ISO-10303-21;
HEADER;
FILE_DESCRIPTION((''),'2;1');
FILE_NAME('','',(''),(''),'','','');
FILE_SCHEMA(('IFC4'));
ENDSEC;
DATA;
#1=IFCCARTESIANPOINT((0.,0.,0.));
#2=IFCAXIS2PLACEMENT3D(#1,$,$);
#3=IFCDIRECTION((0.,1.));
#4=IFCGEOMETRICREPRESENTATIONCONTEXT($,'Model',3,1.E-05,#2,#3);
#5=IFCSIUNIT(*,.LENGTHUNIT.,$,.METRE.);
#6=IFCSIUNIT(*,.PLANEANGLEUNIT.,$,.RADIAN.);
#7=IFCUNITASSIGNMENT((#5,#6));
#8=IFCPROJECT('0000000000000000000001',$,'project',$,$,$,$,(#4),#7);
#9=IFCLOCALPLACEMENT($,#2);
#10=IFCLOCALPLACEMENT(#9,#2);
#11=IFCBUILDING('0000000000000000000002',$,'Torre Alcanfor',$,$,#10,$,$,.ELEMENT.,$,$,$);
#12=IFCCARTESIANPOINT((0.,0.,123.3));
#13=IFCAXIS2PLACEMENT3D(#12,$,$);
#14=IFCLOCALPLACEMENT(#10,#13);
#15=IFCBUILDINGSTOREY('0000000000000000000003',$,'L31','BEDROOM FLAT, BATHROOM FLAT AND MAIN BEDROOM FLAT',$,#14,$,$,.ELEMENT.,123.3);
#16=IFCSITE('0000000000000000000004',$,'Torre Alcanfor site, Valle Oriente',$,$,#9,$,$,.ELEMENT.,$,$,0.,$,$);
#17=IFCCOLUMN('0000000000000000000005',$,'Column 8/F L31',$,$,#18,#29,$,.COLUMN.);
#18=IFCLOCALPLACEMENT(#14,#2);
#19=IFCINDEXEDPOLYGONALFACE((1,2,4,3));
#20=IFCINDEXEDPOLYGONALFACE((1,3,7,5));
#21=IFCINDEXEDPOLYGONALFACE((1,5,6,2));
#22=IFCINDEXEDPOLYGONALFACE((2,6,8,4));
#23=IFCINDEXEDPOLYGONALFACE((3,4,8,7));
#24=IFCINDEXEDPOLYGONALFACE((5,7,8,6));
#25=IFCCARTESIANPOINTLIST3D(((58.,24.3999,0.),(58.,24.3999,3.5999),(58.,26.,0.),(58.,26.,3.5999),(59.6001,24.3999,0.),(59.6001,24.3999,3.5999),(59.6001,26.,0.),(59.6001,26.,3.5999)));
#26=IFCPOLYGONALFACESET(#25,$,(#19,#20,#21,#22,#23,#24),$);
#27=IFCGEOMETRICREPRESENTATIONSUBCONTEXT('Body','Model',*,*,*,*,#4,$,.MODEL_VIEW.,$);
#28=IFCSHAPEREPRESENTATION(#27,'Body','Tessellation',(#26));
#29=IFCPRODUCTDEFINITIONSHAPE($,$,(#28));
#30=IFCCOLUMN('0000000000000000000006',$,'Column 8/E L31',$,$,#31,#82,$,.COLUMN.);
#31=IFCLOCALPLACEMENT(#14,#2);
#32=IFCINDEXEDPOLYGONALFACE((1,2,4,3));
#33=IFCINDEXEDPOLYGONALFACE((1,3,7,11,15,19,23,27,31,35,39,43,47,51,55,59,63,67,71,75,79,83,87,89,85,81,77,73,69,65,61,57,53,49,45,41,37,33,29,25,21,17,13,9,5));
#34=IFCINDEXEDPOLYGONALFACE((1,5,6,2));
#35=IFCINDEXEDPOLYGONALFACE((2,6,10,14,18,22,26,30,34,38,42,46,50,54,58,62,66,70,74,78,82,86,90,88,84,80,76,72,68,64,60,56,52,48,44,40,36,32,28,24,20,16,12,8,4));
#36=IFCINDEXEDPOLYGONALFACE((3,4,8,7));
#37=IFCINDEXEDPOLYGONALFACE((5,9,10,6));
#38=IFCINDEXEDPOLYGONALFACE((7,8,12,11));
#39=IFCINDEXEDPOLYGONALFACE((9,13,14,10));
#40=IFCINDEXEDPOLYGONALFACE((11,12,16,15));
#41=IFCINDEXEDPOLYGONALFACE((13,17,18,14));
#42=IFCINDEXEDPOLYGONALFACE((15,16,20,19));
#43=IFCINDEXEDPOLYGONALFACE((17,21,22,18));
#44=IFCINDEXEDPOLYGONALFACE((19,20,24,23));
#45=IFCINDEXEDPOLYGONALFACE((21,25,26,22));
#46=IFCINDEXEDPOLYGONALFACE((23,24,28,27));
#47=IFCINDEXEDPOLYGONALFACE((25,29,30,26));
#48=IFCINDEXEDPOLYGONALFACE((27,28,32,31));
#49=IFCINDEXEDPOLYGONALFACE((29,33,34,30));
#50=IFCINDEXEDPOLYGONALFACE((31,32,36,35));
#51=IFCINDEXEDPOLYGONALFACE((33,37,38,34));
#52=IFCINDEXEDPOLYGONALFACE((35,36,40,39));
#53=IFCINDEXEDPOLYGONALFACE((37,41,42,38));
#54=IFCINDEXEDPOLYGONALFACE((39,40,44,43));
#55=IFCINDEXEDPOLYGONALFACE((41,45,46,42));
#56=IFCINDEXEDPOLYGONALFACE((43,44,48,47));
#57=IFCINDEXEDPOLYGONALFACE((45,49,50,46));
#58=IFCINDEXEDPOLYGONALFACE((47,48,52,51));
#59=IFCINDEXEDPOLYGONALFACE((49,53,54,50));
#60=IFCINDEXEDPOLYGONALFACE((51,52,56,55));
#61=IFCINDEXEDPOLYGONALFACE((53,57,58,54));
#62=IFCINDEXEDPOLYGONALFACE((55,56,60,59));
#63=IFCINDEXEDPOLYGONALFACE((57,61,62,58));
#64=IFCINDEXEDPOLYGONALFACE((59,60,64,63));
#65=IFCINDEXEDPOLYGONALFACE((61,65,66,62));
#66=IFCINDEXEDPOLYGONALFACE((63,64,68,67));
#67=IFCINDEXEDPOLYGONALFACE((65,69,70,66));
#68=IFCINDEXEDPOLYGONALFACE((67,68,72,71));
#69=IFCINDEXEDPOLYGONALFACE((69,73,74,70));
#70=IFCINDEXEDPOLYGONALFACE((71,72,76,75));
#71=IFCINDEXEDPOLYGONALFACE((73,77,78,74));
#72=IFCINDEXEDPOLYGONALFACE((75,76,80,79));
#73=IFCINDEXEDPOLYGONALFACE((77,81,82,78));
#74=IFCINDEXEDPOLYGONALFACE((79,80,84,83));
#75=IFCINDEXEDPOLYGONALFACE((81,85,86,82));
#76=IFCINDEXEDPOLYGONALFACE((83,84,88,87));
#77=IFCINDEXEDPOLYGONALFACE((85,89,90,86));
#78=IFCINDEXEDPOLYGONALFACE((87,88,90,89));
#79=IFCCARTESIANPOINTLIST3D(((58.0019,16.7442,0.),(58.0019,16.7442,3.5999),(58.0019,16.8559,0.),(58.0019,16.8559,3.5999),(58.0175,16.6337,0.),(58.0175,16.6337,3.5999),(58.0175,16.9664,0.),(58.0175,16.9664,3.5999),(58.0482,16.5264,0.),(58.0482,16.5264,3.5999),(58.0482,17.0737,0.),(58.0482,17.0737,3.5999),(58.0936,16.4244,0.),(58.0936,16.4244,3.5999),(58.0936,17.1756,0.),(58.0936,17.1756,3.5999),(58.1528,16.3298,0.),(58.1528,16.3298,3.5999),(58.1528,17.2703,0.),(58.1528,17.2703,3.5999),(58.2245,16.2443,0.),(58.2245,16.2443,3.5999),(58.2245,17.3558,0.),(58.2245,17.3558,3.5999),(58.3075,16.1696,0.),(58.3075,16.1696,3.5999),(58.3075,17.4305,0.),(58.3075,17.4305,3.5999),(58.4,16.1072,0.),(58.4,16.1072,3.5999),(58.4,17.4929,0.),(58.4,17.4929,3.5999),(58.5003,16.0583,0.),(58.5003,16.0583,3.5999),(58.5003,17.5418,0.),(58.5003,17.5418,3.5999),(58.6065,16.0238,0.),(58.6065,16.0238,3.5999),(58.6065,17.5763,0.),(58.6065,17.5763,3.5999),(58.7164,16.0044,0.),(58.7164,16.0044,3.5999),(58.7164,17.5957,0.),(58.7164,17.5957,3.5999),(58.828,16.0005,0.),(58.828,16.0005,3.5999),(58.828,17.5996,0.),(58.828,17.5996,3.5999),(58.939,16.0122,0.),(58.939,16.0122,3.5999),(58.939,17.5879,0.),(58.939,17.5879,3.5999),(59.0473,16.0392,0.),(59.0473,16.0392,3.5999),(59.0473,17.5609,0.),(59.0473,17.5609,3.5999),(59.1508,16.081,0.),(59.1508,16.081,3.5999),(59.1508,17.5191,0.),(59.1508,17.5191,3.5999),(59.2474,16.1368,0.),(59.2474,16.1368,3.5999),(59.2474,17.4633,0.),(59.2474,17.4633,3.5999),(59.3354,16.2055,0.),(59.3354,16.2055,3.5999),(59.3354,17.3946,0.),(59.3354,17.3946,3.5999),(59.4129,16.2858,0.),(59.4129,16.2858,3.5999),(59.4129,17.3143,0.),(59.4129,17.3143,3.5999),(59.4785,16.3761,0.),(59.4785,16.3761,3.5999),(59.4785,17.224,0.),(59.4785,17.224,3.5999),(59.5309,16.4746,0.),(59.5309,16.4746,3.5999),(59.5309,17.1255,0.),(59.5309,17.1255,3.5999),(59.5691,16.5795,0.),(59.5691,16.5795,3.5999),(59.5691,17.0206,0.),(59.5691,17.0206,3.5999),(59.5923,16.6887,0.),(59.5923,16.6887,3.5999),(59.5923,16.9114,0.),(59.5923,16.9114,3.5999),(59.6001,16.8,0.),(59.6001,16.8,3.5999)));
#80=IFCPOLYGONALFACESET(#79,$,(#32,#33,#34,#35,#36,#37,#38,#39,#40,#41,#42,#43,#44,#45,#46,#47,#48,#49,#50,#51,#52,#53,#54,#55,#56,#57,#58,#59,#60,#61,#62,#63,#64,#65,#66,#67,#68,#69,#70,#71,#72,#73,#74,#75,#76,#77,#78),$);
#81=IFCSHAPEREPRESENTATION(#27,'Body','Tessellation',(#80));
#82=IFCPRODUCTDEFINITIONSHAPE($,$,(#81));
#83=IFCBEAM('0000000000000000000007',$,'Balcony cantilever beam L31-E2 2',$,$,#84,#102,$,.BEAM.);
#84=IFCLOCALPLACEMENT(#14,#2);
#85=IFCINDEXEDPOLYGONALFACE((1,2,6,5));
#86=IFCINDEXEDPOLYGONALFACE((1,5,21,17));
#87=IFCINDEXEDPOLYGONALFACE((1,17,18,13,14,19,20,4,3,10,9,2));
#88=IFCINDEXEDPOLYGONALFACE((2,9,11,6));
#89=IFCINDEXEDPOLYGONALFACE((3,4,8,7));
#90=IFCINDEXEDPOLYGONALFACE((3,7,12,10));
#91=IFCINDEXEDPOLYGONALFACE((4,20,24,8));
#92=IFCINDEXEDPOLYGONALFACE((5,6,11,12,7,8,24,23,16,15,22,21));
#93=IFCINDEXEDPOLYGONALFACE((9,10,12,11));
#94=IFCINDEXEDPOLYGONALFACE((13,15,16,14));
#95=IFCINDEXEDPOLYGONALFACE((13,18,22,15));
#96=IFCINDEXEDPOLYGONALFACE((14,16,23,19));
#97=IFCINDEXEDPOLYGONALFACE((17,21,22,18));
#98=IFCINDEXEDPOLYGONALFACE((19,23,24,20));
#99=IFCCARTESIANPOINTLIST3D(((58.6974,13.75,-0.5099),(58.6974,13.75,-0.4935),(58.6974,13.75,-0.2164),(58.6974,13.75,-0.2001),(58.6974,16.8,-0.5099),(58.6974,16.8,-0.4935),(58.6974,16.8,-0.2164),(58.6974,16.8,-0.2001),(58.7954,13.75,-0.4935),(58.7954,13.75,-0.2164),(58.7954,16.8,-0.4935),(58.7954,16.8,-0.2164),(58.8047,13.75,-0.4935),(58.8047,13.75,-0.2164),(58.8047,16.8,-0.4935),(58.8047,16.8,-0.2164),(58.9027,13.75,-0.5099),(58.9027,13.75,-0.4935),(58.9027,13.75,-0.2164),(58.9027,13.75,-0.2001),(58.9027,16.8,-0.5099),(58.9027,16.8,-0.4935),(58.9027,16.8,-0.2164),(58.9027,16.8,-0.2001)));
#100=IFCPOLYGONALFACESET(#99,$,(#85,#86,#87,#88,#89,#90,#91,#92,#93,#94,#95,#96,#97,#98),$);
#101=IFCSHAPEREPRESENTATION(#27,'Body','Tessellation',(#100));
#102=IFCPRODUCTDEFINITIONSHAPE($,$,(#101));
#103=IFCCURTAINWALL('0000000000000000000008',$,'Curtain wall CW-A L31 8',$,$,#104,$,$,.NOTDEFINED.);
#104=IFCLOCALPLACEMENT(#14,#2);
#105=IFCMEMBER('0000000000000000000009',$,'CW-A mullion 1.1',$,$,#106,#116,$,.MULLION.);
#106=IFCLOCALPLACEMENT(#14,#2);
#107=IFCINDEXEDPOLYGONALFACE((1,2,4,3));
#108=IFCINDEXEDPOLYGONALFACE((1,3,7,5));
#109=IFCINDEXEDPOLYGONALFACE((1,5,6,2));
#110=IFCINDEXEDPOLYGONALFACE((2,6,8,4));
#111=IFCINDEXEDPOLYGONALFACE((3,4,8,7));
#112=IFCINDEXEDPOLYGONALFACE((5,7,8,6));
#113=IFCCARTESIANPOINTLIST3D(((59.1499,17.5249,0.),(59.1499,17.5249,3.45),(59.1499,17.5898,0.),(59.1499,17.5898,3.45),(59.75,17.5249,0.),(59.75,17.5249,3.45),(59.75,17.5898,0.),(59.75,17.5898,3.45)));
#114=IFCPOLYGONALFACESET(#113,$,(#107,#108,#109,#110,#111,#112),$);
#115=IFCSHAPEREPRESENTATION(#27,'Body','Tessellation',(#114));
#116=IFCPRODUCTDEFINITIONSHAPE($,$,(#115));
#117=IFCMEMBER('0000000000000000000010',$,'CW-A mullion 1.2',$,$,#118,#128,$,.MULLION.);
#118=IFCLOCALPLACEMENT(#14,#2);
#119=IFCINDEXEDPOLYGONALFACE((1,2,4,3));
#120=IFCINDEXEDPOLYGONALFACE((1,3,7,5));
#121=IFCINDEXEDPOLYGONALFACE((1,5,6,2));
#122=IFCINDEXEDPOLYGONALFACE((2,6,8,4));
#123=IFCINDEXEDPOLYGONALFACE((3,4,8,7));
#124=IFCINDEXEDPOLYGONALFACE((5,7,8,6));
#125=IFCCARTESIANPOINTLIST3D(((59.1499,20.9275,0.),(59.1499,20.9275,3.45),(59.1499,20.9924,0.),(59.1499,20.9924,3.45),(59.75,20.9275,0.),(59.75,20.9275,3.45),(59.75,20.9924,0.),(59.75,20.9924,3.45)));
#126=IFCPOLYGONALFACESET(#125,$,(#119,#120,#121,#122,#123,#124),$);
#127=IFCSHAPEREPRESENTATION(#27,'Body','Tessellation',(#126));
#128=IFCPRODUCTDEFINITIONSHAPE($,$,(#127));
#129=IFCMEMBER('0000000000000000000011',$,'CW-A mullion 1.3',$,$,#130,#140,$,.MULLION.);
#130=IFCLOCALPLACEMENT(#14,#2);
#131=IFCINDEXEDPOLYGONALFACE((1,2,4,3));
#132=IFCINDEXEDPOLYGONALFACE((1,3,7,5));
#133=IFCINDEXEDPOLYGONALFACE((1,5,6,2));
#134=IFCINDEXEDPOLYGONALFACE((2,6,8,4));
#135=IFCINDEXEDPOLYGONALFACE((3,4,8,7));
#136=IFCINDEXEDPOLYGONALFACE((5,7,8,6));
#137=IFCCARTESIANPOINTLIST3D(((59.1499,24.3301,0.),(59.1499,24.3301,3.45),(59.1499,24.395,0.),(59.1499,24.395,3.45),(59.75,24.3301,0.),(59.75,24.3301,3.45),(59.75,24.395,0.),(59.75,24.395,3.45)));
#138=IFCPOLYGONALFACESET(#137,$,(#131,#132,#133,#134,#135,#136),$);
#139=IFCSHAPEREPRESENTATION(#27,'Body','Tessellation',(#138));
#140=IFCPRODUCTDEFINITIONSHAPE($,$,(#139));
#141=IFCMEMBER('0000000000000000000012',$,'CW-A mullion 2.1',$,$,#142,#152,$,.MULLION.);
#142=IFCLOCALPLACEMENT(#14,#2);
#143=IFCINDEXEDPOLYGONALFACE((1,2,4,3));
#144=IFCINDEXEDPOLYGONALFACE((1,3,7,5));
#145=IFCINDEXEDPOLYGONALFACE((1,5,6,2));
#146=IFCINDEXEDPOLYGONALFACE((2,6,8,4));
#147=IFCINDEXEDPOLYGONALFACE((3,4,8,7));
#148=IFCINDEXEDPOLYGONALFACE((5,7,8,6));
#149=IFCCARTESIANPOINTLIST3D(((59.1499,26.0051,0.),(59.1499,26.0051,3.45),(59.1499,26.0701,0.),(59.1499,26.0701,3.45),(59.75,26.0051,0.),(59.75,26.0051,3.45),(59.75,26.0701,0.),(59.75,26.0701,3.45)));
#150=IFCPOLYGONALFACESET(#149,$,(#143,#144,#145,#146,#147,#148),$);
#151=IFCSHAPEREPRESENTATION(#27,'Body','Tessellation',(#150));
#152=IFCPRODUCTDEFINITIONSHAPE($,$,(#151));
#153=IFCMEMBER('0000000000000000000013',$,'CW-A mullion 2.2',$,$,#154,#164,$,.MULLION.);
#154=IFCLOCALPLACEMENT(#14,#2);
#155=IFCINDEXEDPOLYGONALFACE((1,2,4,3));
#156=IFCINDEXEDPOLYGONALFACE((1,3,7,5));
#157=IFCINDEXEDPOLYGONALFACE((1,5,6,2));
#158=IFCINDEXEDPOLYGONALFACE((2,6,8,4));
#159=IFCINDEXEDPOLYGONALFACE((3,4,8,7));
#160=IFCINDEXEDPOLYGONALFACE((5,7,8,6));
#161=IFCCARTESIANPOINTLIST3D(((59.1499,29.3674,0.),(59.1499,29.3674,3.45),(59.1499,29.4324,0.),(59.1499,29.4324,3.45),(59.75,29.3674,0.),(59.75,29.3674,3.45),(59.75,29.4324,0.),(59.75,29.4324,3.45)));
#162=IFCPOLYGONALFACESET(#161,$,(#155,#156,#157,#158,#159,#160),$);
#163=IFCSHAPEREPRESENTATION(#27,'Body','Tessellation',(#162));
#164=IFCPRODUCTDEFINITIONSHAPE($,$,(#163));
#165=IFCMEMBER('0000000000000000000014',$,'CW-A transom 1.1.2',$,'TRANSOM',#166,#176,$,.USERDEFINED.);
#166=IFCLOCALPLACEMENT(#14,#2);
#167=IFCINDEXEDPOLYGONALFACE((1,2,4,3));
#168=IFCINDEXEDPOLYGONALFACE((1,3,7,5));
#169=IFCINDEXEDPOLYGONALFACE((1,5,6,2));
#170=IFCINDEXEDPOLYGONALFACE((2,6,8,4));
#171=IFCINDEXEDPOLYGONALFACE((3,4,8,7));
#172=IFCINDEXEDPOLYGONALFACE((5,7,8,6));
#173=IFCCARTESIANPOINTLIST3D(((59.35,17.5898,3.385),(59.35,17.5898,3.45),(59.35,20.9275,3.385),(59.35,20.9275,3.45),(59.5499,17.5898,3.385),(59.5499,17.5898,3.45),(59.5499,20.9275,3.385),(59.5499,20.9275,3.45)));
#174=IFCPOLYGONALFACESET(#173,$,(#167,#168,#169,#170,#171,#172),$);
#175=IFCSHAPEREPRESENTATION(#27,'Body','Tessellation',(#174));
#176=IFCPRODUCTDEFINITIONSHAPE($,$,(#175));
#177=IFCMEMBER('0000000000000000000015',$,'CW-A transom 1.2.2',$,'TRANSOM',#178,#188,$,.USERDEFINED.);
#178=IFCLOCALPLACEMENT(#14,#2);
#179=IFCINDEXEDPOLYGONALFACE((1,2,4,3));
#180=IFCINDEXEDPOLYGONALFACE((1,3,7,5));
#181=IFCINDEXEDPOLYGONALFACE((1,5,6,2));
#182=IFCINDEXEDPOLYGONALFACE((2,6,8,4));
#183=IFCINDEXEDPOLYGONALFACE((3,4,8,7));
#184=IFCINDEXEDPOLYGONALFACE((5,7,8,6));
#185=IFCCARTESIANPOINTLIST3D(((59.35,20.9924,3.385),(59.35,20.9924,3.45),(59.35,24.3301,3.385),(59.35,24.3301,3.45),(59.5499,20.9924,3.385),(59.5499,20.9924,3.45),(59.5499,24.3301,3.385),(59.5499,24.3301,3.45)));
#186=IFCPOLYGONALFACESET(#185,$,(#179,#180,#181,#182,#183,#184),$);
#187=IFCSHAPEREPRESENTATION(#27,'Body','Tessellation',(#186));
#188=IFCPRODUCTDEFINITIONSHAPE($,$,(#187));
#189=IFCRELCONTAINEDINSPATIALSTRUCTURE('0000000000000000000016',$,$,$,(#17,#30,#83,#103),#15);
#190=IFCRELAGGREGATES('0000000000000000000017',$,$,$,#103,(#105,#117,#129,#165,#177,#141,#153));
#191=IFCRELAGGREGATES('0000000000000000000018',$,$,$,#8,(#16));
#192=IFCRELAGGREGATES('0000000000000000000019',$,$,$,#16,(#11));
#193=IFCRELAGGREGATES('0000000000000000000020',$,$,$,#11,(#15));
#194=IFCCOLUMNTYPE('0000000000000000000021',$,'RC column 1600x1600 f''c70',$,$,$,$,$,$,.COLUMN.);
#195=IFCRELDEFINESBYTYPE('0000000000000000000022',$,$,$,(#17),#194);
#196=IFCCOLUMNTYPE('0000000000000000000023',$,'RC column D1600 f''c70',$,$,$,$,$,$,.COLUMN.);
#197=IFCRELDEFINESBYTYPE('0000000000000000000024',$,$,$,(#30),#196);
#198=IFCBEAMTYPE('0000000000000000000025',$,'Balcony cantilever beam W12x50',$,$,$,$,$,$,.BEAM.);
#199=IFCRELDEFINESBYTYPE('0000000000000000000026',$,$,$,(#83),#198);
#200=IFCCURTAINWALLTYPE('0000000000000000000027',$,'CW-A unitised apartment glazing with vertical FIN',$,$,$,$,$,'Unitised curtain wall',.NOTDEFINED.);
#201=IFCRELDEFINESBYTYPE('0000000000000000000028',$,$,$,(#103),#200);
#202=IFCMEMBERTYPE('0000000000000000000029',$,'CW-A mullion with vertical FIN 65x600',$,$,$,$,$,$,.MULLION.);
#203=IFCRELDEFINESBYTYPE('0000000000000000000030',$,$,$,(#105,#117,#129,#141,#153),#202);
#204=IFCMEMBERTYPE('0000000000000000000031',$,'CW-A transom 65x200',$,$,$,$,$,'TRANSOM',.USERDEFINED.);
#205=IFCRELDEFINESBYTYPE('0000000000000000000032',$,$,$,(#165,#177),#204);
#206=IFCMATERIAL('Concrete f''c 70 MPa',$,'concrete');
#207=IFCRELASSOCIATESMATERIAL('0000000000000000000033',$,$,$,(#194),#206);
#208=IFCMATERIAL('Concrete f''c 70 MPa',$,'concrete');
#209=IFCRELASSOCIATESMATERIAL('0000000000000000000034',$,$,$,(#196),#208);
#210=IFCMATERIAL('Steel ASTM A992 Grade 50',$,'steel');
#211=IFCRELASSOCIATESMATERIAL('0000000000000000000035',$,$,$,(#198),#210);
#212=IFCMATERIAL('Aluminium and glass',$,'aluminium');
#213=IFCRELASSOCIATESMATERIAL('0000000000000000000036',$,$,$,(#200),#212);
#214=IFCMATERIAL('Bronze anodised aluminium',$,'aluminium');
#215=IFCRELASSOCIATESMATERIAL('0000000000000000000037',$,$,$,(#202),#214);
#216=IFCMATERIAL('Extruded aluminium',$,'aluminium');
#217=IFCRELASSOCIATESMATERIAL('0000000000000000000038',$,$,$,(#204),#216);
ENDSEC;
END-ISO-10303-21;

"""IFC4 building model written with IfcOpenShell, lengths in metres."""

from ifc_helpers import new_model, si_unit, direction, frame, origin, origin_2d, place, context, subcontext, project, spatial, rectangle, circle, i_section, extrude, material, material_profile, profile_set, type_object, element, aggregate, save


model = new_model("IFC4")

# Units and contexts
model_context = context("Model", 3, precision=1e-05, world=origin(), true_north=direction((0.0, 1.0)))
body_context = subcontext(model_context, "Body", "Model", "MODEL_VIEW")
ifc_project = project(units=[si_unit("LENGTHUNIT", "METRE"), si_unit("PLANEANGLEUNIT", "RADIAN")], contexts=[model_context])

# Site, building, storey
site_placement = place(None, origin())
site = spatial("IfcSite", under=ifc_project, at=site_placement, Name="Torre Alcanfor site, Valle Oriente", CompositionType="ELEMENT", RefElevation=0.0)
building_placement = place(site_placement, origin())
building = spatial("IfcBuilding", under=site, at=building_placement, Name="Torre Alcanfor", CompositionType="ELEMENT")
storey_placement = place(building_placement, frame((0.0, 0.0, 123.3)))
storey = spatial("IfcBuildingStorey", under=building, at=storey_placement, Name="L31", Description="BEDROOM FLAT, BATHROOM FLAT AND MAIN BEDROOM FLAT", CompositionType="ELEMENT", Elevation=123.3)

# Columns
ifc_material_1 = material(Name="Concrete f'c 70 MPa", Category="concrete")
ifc_material_profile_1 = material_profile(ifc_material_1, rectangle(XDim=1.6001, YDim=1.6001, at=origin_2d()), Name="1600x1600")
ifc_profile_set_1 = profile_set([ifc_material_profile_1], Name="Concrete f'c 70 MPa")
column_type_1 = type_object("IfcColumnType", Name="RC column 1600x1600 f'c70", PredefinedType="COLUMN", material=ifc_profile_set_1)
column_1_placement = place(storey_placement, frame((58.8, 25.2, 0.0), z_axis=(0.0, 0.0, 1.0), x_axis=(1.0, 0.0, 0.0)))
element("IfcColumn", 1, at=column_1_placement, inside=storey, type_object=column_type_1, Name="Column 8/F L31", PredefinedType="COLUMN", context=body_context, shape_type="SweptSolid", body=[
    extrude(rectangle(XDim=1.6001, YDim=1.6001, at=origin_2d()), origin(), (0.0, 0.0, 1.0), 3.5999),
])
ifc_material_2 = material(Name="Concrete f'c 70 MPa", Category="concrete")
ifc_material_profile_2 = material_profile(ifc_material_2, circle(Radius=0.8, at=origin_2d()), Name="D1600")
ifc_profile_set_2 = profile_set([ifc_material_profile_2], Name="Concrete f'c 70 MPa")
column_type_2 = type_object("IfcColumnType", Name="RC column D1600 f'c70", PredefinedType="COLUMN", material=ifc_profile_set_2)
column_2_placement = place(storey_placement, frame((58.8, 16.8, 0.0), z_axis=(0.0, 0.0, 1.0), x_axis=(1.0, 0.0, 0.0)))
element("IfcColumn", 2, at=column_2_placement, inside=storey, type_object=column_type_2, Name="Column 8/E L31", PredefinedType="COLUMN", context=body_context, shape_type="SweptSolid", body=[
    extrude(circle(Radius=0.8, at=origin_2d()), origin(), (0.0, 0.0, 1.0), 3.5999),
])

# Beam
ifc_material_3 = material(Name="Steel ASTM A992 Grade 50", Category="steel")
ifc_material_profile_3 = material_profile(ifc_material_3, i_section(OverallWidth=0.2053, OverallDepth=0.3098, WebThickness=0.0093, FlangeThickness=0.0164, at=origin_2d()), Name="W12x50")
ifc_profile_set_3 = profile_set([ifc_material_profile_3], Name="Steel ASTM A992 Grade 50")
beam_type_1 = type_object("IfcBeamType", Name="Balcony cantilever beam W12x50", PredefinedType="BEAM", material=ifc_profile_set_3)
beam_1_placement = place(storey_placement, frame((58.8, 16.8, -0.355), z_axis=(0.0, -1.0, 0.0), x_axis=(1.0, 0.0, 0.0)))
element("IfcBeam", 3, at=beam_1_placement, inside=storey, type_object=beam_type_1, Name="Balcony cantilever beam L31-E2 2", PredefinedType="BEAM", context=body_context, shape_type="SweptSolid", body=[
    extrude(i_section(OverallWidth=0.2053, OverallDepth=0.3098, WebThickness=0.0093, FlangeThickness=0.0164, at=origin_2d()), origin(), (0.0, 0.0, 1.0), 3.05),
])

# Curtain wall, members
ifc_material_4 = material(Name="Aluminium and glass", Category="aluminium")
curtain_wall_type = type_object("IfcCurtainWallType", Name="CW-A unitised apartment glazing with vertical FIN", ElementType="Unitised curtain wall", PredefinedType="NOTDEFINED", material=ifc_material_4)
curtain_wall_placement = place(storey_placement, origin())
curtain_wall = element("IfcCurtainWall", 4, at=curtain_wall_placement, inside=storey, type_object=curtain_wall_type, Name="Curtain wall CW-A L31 8", PredefinedType="NOTDEFINED")
ifc_material_5 = material(Name="Bronze anodised aluminium", Category="aluminium")
ifc_material_profile_4 = material_profile(ifc_material_5, rectangle(XDim=0.6001, YDim=0.0649, at=origin_2d()), Name="CW-A mullion 65x600")
ifc_profile_set_4 = profile_set([ifc_material_profile_4], Name="Bronze anodised aluminium")
member_type_1 = type_object("IfcMemberType", Name="CW-A mullion with vertical FIN 65x600", PredefinedType="MULLION", material=ifc_profile_set_4)
member_1_placement = place(storey_placement, frame((59.45, 17.5574, 0.0), z_axis=(0.0, 0.0, 1.0), x_axis=(-1.0, 0.0, 0.0)))
member_1 = element("IfcMember", 5, at=member_1_placement, type_object=member_type_1, Name="CW-A mullion 1.1", PredefinedType="MULLION", context=body_context, shape_type="SweptSolid", body=[
    extrude(rectangle(XDim=0.6001, YDim=0.0649, at=origin_2d()), origin(), (0.0, 0.0, 1.0), 3.45),
])
member_2_placement = place(storey_placement, frame((59.45, 20.96, 0.0), z_axis=(0.0, 0.0, 1.0), x_axis=(-1.0, 0.0, 0.0)))
member_2 = element("IfcMember", 6, at=member_2_placement, type_object=member_type_1, Name="CW-A mullion 1.2", PredefinedType="MULLION", context=body_context, shape_type="SweptSolid", body=[
    extrude(rectangle(XDim=0.6001, YDim=0.0649, at=origin_2d()), origin(), (0.0, 0.0, 1.0), 3.45),
])
member_3_placement = place(storey_placement, frame((59.45, 24.3625, 0.0), z_axis=(0.0, 0.0, 1.0), x_axis=(-1.0, 0.0, 0.0)))
member_3 = element("IfcMember", 7, at=member_3_placement, type_object=member_type_1, Name="CW-A mullion 1.3", PredefinedType="MULLION", context=body_context, shape_type="SweptSolid", body=[
    extrude(rectangle(XDim=0.6001, YDim=0.0649, at=origin_2d()), origin(), (0.0, 0.0, 1.0), 3.45),
])
member_4_placement = place(storey_placement, frame((59.45, 26.0376, 0.0), z_axis=(0.0, 0.0, 1.0), x_axis=(-1.0, 0.0, 0.0)))
member_4 = element("IfcMember", 8, at=member_4_placement, type_object=member_type_1, Name="CW-A mullion 2.1", PredefinedType="MULLION", context=body_context, shape_type="SweptSolid", body=[
    extrude(rectangle(XDim=0.6001, YDim=0.0649, at=origin_2d()), origin(), (0.0, 0.0, 1.0), 3.45),
])
member_5_placement = place(storey_placement, frame((59.45, 29.3999, 0.0), z_axis=(0.0, 0.0, 1.0), x_axis=(-1.0, 0.0, 0.0)))
member_5 = element("IfcMember", 9, at=member_5_placement, type_object=member_type_1, Name="CW-A mullion 2.2", PredefinedType="MULLION", context=body_context, shape_type="SweptSolid", body=[
    extrude(rectangle(XDim=0.6001, YDim=0.0649, at=origin_2d()), origin(), (0.0, 0.0, 1.0), 3.45),
])
ifc_material_6 = material(Name="Extruded aluminium", Category="aluminium")
ifc_material_profile_5 = material_profile(ifc_material_6, rectangle(XDim=0.2, YDim=0.0649, at=origin_2d()), Name="CW-A transom 200x65")
ifc_profile_set_5 = profile_set([ifc_material_profile_5], Name="Extruded aluminium")
member_type_2 = type_object("IfcMemberType", Name="CW-A transom 65x200", ElementType="TRANSOM", PredefinedType="USERDEFINED", material=ifc_profile_set_5)
member_6_placement = place(storey_placement, frame((59.45, 17.5898, 3.4175), z_axis=(0.0, 1.0, 0.0), x_axis=(-1.0, 0.0, 0.0)))
member_6 = element("IfcMember", 10, at=member_6_placement, type_object=member_type_2, Name="CW-A transom 1.1.2", ObjectType="TRANSOM", PredefinedType="USERDEFINED", context=body_context, shape_type="SweptSolid", body=[
    extrude(rectangle(XDim=0.2, YDim=0.0649, at=origin_2d()), origin(), (0.0, 0.0, 1.0), 3.3376),
])
member_7_placement = place(storey_placement, frame((59.45, 20.9924, 3.4175), z_axis=(0.0, 1.0, 0.0), x_axis=(-1.0, 0.0, 0.0)))
member_7 = element("IfcMember", 11, at=member_7_placement, type_object=member_type_2, Name="CW-A transom 1.2.2", ObjectType="TRANSOM", PredefinedType="USERDEFINED", context=body_context, shape_type="SweptSolid", body=[
    extrude(rectangle(XDim=0.2, YDim=0.0649, at=origin_2d()), origin(), (0.0, 0.0, 1.0), 3.3376),
])

aggregate(curtain_wall, [member_1, member_2, member_3, member_6, member_7, member_4, member_5])

save(model, "model.ifc")
